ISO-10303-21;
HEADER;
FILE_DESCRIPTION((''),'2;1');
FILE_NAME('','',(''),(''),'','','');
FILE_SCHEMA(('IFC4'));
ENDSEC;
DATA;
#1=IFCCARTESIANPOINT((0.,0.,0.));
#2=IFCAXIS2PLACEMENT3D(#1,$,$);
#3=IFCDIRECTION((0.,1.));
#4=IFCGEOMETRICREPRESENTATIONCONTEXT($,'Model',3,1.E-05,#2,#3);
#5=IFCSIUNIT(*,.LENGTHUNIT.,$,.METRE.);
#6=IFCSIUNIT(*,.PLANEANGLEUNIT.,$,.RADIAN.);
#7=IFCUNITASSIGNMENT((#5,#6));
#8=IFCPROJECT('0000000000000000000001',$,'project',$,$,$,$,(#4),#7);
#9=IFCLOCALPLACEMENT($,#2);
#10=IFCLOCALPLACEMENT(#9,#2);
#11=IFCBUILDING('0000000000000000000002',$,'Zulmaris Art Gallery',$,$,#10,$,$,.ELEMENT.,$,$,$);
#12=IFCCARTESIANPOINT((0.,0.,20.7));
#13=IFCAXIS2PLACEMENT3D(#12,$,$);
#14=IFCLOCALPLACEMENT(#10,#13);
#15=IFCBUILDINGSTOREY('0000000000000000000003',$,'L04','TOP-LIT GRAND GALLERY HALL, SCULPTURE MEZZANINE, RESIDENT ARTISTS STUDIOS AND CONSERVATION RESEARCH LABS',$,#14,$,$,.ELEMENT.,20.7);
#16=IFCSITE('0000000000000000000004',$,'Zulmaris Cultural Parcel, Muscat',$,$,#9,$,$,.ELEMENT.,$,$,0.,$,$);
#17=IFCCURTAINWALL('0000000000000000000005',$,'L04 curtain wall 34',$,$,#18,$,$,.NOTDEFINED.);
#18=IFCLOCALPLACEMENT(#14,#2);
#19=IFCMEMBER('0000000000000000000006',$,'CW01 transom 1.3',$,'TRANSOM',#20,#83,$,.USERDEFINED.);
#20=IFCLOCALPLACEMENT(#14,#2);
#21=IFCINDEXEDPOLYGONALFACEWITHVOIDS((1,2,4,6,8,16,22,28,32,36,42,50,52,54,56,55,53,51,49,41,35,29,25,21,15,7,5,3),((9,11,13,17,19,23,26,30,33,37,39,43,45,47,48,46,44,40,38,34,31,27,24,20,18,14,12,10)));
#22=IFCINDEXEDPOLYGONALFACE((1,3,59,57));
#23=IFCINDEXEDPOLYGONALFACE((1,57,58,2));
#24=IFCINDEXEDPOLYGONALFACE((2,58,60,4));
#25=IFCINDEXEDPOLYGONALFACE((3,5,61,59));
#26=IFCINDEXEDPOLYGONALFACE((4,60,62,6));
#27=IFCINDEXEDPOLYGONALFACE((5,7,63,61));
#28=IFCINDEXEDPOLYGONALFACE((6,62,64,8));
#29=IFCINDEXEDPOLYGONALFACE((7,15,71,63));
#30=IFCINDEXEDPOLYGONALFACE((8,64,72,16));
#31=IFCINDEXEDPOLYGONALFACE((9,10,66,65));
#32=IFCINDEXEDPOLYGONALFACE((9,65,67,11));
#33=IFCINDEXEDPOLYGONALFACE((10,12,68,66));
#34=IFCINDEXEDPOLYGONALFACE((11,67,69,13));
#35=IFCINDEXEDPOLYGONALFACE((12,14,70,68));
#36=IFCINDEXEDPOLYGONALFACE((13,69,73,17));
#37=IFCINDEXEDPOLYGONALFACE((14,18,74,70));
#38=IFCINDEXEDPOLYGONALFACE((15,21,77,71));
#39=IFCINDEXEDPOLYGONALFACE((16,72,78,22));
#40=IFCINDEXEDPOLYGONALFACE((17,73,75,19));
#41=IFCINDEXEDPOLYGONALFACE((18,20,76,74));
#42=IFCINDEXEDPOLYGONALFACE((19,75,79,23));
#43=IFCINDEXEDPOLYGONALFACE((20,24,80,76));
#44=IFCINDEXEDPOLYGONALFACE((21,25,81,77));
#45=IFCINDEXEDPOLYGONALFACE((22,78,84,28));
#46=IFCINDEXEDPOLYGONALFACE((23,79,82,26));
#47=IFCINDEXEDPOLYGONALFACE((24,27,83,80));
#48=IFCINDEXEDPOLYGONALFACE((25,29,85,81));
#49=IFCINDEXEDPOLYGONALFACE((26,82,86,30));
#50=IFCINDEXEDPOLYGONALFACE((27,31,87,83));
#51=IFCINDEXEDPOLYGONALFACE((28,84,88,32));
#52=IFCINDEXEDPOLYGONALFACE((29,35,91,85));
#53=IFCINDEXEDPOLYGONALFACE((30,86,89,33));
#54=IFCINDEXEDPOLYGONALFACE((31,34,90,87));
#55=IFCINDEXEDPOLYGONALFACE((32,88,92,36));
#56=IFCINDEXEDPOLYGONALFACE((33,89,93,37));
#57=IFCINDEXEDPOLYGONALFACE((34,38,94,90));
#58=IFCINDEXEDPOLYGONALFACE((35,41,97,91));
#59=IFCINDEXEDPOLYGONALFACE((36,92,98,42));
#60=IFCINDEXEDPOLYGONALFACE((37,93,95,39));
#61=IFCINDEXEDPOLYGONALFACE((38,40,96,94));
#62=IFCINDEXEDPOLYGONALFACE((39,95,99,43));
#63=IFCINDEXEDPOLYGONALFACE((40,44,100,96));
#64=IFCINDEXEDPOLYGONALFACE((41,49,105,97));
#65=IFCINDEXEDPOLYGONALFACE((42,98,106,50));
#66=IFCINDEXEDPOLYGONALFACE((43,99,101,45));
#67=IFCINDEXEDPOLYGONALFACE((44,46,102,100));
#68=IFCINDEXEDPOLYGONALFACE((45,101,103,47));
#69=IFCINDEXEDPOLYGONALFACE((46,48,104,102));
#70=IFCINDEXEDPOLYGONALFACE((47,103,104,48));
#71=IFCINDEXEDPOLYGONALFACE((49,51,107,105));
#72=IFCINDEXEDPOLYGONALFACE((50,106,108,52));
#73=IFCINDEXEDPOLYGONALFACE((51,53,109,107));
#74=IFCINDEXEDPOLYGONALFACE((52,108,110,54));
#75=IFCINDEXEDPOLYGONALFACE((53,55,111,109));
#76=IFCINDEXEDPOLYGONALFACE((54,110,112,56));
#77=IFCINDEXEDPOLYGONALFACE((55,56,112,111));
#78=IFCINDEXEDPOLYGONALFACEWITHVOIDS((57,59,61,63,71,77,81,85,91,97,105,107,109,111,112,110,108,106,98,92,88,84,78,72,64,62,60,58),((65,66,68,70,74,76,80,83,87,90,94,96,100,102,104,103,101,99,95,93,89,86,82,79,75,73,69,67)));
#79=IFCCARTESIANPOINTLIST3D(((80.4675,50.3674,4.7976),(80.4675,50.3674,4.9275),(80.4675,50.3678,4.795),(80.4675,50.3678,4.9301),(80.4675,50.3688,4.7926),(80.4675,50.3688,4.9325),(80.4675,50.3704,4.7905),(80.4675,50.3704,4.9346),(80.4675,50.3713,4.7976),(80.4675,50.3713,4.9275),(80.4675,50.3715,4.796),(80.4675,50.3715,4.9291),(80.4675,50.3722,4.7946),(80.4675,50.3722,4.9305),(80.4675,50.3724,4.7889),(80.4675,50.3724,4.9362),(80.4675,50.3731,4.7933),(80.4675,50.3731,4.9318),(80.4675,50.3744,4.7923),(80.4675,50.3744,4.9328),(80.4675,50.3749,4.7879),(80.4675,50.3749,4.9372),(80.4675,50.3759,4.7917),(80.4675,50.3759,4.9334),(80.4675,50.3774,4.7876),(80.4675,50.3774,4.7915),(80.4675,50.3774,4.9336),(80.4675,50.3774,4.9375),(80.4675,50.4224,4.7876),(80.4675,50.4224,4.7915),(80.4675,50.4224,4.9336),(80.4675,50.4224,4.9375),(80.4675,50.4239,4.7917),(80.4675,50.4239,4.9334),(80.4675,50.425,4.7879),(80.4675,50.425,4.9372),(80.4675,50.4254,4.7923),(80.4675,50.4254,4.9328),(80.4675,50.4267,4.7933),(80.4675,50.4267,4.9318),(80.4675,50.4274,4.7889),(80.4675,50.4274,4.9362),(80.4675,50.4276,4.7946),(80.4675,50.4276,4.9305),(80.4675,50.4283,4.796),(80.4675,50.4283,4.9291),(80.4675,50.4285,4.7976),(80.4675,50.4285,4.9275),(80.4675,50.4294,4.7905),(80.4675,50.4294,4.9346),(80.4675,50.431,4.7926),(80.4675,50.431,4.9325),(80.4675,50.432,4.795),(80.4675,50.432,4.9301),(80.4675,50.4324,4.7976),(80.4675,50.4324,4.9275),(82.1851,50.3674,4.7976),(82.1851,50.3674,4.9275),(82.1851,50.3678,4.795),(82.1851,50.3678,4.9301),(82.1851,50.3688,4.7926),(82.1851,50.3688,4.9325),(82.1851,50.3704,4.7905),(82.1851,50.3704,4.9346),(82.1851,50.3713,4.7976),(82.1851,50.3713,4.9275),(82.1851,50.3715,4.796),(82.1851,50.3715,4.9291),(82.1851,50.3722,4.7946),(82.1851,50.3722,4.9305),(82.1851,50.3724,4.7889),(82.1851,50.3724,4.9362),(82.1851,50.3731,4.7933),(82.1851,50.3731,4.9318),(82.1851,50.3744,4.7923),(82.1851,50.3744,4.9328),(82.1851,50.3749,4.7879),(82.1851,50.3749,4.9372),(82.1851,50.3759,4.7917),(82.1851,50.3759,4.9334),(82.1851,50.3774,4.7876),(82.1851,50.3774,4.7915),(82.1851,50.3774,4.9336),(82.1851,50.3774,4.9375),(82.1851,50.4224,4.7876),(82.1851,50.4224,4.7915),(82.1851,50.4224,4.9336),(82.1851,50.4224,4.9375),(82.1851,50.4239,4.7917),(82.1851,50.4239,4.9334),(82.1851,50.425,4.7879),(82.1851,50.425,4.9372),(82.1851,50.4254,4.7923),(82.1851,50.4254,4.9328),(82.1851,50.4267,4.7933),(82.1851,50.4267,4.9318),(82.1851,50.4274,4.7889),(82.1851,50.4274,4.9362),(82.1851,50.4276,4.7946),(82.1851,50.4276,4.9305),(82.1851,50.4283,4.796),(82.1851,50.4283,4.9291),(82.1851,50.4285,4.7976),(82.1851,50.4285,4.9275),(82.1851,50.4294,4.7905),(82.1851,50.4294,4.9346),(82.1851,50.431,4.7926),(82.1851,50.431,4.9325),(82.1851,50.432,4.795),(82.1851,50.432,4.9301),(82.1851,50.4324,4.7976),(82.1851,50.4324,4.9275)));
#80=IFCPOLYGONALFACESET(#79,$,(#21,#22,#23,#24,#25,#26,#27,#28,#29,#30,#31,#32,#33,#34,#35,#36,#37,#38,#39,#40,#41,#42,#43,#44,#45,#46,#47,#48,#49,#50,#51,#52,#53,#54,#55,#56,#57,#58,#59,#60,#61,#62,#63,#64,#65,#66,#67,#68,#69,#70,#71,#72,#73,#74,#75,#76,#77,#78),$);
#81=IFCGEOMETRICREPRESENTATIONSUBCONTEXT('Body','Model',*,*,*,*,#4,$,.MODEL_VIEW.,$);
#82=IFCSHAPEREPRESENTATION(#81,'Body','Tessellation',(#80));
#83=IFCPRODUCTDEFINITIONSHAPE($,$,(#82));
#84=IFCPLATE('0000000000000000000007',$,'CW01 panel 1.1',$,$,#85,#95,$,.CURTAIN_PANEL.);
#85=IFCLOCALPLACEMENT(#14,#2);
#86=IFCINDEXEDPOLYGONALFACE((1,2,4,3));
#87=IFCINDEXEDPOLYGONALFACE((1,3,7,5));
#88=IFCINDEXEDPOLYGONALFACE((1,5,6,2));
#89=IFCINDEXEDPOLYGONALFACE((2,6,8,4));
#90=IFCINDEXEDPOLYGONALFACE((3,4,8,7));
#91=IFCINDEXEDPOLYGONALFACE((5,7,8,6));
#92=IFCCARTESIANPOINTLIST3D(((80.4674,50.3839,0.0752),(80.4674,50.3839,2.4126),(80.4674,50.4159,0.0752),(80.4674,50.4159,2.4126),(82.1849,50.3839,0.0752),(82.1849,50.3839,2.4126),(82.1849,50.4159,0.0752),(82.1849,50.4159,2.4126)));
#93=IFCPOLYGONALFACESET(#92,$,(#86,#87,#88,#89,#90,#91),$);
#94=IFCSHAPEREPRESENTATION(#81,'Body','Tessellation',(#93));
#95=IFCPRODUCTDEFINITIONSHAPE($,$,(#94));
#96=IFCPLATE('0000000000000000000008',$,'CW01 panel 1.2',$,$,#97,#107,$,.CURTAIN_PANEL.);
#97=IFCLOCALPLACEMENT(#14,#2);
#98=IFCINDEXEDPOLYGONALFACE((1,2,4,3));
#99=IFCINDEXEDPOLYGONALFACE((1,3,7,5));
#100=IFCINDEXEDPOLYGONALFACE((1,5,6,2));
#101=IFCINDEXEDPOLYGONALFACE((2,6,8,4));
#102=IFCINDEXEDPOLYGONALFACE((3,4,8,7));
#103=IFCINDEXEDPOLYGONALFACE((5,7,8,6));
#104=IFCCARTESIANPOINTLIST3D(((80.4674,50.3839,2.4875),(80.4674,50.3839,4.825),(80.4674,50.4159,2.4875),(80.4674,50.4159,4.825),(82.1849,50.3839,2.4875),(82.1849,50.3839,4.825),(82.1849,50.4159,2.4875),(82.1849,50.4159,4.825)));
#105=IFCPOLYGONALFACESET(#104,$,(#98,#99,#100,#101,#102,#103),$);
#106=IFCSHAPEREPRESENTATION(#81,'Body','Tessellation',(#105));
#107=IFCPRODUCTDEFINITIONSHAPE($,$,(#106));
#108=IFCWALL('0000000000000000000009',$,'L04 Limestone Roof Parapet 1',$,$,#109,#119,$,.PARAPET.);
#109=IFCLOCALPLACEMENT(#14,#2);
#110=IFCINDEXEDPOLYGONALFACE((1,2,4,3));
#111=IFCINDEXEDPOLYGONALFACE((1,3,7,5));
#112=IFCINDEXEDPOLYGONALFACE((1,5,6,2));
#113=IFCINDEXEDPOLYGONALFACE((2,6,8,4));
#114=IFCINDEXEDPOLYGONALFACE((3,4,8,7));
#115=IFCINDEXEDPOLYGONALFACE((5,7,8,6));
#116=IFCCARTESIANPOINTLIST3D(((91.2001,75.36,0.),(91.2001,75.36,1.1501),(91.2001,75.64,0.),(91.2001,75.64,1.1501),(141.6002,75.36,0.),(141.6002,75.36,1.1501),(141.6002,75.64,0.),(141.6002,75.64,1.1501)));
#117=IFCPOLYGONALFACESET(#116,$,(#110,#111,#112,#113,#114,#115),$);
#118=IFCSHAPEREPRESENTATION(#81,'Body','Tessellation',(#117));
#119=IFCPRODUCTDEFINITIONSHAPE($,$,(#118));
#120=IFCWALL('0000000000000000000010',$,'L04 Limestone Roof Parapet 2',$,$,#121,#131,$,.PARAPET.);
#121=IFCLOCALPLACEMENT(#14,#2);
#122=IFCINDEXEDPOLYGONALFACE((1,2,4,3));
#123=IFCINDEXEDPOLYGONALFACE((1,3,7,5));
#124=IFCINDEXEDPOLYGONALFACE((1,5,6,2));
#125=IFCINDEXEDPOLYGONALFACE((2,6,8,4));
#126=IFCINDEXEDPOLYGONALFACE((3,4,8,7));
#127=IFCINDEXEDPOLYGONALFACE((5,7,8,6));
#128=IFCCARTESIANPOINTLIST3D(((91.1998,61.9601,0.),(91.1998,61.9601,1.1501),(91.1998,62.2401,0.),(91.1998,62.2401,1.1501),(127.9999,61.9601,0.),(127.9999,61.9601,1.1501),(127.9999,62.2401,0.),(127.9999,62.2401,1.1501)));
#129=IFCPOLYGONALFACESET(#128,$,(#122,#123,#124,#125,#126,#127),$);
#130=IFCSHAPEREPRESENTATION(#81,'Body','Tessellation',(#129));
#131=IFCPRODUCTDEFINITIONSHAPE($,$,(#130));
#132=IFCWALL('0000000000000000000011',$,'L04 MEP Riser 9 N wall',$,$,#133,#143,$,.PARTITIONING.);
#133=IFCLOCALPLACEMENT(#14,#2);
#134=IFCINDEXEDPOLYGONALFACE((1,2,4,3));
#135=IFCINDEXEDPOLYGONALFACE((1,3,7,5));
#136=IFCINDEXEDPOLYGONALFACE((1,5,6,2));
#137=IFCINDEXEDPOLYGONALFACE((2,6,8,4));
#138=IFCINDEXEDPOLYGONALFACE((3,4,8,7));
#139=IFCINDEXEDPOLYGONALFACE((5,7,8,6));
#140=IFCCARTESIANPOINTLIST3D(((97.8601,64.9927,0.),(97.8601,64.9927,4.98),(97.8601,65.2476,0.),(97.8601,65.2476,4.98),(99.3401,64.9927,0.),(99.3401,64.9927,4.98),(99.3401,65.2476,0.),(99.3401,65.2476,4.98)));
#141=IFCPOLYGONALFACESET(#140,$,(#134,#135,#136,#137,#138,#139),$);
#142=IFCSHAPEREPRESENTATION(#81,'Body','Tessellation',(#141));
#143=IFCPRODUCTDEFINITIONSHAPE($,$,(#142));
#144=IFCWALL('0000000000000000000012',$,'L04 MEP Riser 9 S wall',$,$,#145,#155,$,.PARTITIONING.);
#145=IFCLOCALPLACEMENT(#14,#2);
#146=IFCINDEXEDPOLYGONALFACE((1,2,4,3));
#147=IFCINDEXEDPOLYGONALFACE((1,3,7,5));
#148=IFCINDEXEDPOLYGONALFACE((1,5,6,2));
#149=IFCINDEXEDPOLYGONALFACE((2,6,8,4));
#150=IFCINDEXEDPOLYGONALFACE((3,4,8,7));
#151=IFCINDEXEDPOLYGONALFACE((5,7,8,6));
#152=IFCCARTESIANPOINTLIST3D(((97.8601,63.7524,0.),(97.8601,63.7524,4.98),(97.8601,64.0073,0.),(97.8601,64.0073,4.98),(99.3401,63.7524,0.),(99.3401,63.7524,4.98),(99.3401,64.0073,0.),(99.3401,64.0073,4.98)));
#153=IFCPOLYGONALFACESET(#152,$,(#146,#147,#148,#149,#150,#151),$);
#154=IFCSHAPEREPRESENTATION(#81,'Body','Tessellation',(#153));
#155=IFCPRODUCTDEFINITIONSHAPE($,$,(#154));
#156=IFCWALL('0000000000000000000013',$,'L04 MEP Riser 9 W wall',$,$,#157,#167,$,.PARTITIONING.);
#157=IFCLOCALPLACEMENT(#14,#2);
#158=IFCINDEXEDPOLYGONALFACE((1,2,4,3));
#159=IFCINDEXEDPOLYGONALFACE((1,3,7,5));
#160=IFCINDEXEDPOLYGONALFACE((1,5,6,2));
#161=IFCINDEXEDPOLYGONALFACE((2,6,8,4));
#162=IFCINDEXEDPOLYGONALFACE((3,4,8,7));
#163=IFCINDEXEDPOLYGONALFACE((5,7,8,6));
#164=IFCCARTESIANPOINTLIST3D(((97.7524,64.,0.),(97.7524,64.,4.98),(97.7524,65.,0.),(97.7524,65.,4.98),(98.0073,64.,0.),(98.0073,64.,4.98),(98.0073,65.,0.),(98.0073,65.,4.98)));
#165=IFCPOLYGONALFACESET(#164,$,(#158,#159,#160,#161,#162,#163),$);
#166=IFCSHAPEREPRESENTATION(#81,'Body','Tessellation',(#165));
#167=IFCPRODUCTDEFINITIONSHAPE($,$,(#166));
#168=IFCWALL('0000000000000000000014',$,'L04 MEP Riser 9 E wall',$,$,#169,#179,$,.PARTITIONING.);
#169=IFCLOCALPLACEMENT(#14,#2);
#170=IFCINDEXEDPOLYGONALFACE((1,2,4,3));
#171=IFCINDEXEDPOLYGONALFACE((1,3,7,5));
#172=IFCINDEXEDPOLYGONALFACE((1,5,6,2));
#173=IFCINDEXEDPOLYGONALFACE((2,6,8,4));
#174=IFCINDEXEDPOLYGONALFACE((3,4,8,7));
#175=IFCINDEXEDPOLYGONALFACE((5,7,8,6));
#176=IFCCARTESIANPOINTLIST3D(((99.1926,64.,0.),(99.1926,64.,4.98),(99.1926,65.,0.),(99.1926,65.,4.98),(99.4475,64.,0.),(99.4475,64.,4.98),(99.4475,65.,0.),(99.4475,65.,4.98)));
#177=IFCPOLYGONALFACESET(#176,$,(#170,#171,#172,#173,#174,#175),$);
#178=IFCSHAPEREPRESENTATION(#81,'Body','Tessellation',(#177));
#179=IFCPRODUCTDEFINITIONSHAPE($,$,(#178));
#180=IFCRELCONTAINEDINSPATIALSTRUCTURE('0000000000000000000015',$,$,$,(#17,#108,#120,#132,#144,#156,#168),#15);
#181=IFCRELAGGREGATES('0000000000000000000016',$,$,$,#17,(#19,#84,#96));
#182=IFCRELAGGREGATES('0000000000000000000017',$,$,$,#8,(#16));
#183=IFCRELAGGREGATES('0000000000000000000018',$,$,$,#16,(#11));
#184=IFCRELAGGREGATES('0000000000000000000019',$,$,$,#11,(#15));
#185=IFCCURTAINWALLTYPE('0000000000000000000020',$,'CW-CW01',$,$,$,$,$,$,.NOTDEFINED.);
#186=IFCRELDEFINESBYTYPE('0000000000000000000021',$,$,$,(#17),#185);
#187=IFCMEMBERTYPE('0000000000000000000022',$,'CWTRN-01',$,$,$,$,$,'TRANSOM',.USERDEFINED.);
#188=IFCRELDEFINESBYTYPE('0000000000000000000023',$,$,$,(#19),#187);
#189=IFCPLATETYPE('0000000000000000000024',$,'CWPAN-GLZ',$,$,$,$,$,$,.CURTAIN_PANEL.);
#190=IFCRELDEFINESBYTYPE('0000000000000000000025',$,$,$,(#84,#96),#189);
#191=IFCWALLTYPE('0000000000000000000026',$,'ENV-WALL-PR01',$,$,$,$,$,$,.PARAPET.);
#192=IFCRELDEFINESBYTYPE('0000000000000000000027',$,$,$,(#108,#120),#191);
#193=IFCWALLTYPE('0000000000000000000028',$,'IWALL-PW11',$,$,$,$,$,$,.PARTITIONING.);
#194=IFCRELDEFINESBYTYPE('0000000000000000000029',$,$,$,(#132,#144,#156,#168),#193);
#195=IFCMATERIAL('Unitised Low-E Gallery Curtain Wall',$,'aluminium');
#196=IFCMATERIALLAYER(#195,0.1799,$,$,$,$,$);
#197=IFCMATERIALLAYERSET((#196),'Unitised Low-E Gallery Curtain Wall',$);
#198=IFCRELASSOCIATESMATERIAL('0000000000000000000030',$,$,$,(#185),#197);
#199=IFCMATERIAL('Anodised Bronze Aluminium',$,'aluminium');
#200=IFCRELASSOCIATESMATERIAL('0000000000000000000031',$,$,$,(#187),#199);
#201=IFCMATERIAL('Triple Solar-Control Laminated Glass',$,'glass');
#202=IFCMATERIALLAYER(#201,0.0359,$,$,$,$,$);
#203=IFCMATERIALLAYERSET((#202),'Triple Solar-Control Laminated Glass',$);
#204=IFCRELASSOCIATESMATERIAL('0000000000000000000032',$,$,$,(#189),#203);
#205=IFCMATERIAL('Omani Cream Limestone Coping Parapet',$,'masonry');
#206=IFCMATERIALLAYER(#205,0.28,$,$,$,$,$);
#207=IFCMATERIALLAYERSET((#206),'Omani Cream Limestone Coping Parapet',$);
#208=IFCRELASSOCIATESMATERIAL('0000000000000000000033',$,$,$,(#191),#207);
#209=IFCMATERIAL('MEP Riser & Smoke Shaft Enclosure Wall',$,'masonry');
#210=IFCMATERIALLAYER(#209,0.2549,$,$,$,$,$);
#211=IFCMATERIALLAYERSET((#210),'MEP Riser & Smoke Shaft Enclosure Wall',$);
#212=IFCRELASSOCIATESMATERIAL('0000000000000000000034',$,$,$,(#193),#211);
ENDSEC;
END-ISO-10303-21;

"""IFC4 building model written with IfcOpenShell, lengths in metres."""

from ifc_helpers import new_model, si_unit, direction, frame, frame_2d, origin, origin_2d, place, context, subcontext, project, spatial, rectangle, hollow_rectangle, extrude, material, layer, layer_set, material_profile, profile_set, type_object, element, aggregate, save


model = new_model("IFC4")

# Units and contexts
model_context = context("Model", 3, precision=1e-05, world=origin(), true_north=direction((0.0, 1.0)))
body_context = subcontext(model_context, "Body", "Model", "MODEL_VIEW")
ifc_project = project(units=[si_unit("LENGTHUNIT", "METRE"), si_unit("PLANEANGLEUNIT", "RADIAN")], contexts=[model_context])

# Site, building, storey
site_placement = place(None, origin())
site = spatial("IfcSite", under=ifc_project, at=site_placement, Name="Zulmaris Cultural Parcel, Muscat", CompositionType="ELEMENT", RefElevation=0.0)
building_placement = place(site_placement, origin())
building = spatial("IfcBuilding", under=site, at=building_placement, Name="Zulmaris Art Gallery", CompositionType="ELEMENT")
storey_placement = place(building_placement, frame((0.0, 0.0, 20.7)))
storey = spatial("IfcBuildingStorey", under=building, at=storey_placement, Name="L04", Description="TOP-LIT GRAND GALLERY HALL, SCULPTURE MEZZANINE, RESIDENT ARTISTS STUDIOS AND CONSERVATION RESEARCH LABS", CompositionType="ELEMENT", Elevation=20.7)

# Curtain wall, member, plates
ifc_material_1 = material(Name="Unitised Low-E Gallery Curtain Wall", Category="aluminium")
ifc_layer_1 = layer(ifc_material_1, 0.1799)
ifc_layer_set_1 = layer_set([ifc_layer_1], Name="Unitised Low-E Gallery Curtain Wall")
curtain_wall_type = type_object("IfcCurtainWallType", Name="CW-CW01", PredefinedType="NOTDEFINED", material=ifc_layer_set_1)
curtain_wall_placement = place(storey_placement, origin())
curtain_wall = element("IfcCurtainWall", 1, at=curtain_wall_placement, inside=storey, type_object=curtain_wall_type, Name="L04 curtain wall 34", PredefinedType="NOTDEFINED")
ifc_material_2 = material(Name="Anodised Bronze Aluminium", Category="aluminium")
ifc_material_profile_1 = material_profile(ifc_material_2, hollow_rectangle(XDim=0.0649, YDim=0.1499, WallThickness=0.0039, InnerFilletRadius=0.0061, OuterFilletRadius=0.01, at=origin_2d()), Name="ALU 65x150x4")
ifc_profile_set_1 = profile_set([ifc_material_profile_1], Name="Anodised Bronze Aluminium")
member_type_1 = type_object("IfcMemberType", Name="CWTRN-01", ElementType="TRANSOM", PredefinedType="USERDEFINED", material=ifc_profile_set_1)
member_1_placement = place(storey_placement, frame((82.1851, 50.3999, 4.8625), z_axis=(-1.0, 0.0, 0.0), x_axis=(0.0, -1.0, 0.0)))
member_1 = element("IfcMember", 2, at=member_1_placement, type_object=member_type_1, Name="CW01 transom 1.3", ObjectType="TRANSOM", PredefinedType="USERDEFINED", context=body_context, shape_type="SweptSolid", body=[
    extrude(hollow_rectangle(XDim=0.0649, YDim=0.1499, WallThickness=0.0039, InnerFilletRadius=0.0061, OuterFilletRadius=0.01, at=origin_2d()), origin(), (0.0, 0.0, 1.0), 1.7175),
])
ifc_material_3 = material(Name="Triple Solar-Control Laminated Glass", Category="glass")
ifc_layer_2 = layer(ifc_material_3, 0.0359)
ifc_layer_set_2 = layer_set([ifc_layer_2], Name="Triple Solar-Control Laminated Glass")
plate_type = type_object("IfcPlateType", Name="CWPAN-GLZ", PredefinedType="CURTAIN_PANEL", material=ifc_layer_set_2)
plate_1_placement = place(storey_placement, frame((81.3262, 50.3999, 0.0752), z_axis=(0.0, 0.0, 1.0), x_axis=(-1.0, 0.0, 0.0)))
plate_1 = element("IfcPlate", 3, at=plate_1_placement, type_object=plate_type, Name="CW01 panel 1.1", PredefinedType="CURTAIN_PANEL", context=body_context, shape_type="SweptSolid", body=[
    extrude(rectangle(XDim=1.7175, YDim=0.032, at=origin_2d()), origin(), (0.0, 0.0, 1.0), 2.3374),
])
plate_2_placement = place(storey_placement, frame((81.3262, 50.3999, 2.4875), z_axis=(0.0, 0.0, 1.0), x_axis=(-1.0, 0.0, 0.0)))
plate_2 = element("IfcPlate", 4, at=plate_2_placement, type_object=plate_type, Name="CW01 panel 1.2", PredefinedType="CURTAIN_PANEL", context=body_context, shape_type="SweptSolid", body=[
    extrude(rectangle(XDim=1.7175, YDim=0.032, at=origin_2d()), origin(), (0.0, 0.0, 1.0), 2.3374),
])
aggregate(curtain_wall, [member_1, plate_1, plate_2])

# Walls
ifc_material_4 = material(Name="Omani Cream Limestone Coping Parapet", Category="masonry")
ifc_layer_3 = layer(ifc_material_4, 0.28)
ifc_layer_set_3 = layer_set([ifc_layer_3], Name="Omani Cream Limestone Coping Parapet")
wall_type_1 = type_object("IfcWallType", Name="ENV-WALL-PR01", PredefinedType="PARAPET", material=ifc_layer_set_3)
wall_1_placement = place(storey_placement, frame((91.2, 75.5, 0.0), z_axis=(0.0, 0.0, 1.0), x_axis=(1.0, 0.0, 0.0)))
element("IfcWall", 5, at=wall_1_placement, inside=storey, type_object=wall_type_1, Name="L04 Limestone Roof Parapet 1", PredefinedType="PARAPET", context=body_context, shape_type="SweptSolid", body=[
    extrude(rectangle(XDim=50.4001, YDim=0.28, at=frame_2d((25.2002, 0.0))), origin(), (0.0, 0.0, 1.0), 1.1501),
])
wall_2_placement = place(storey_placement, frame((91.2, 62.1001, 0.0), z_axis=(0.0, 0.0, 1.0), x_axis=(1.0, 0.0, 0.0)))
element("IfcWall", 6, at=wall_2_placement, inside=storey, type_object=wall_type_1, Name="L04 Limestone Roof Parapet 2", PredefinedType="PARAPET", context=body_context, shape_type="SweptSolid", body=[
    extrude(rectangle(XDim=36.8, YDim=0.28, at=frame_2d((18.3999, 0.0))), origin(), (0.0, 0.0, 1.0), 1.1501),
])
ifc_material_5 = material(Name="MEP Riser & Smoke Shaft Enclosure Wall", Category="masonry")
ifc_layer_4 = layer(ifc_material_5, 0.2549)
ifc_layer_set_4 = layer_set([ifc_layer_4], Name="MEP Riser & Smoke Shaft Enclosure Wall")
wall_type_2 = type_object("IfcWallType", Name="IWALL-PW11", PredefinedType="PARTITIONING", material=ifc_layer_set_4)
for number, where, z_axis, x_axis, name in (
    (7, (97.8601, 65.1201, 0.0), (0.0, 0.0, 1.0), (1.0, 0.0, 0.0), "L04 MEP Riser 9 N wall"),
    (8, (97.8601, 63.8799, 0.0), (0.0, 0.0, 1.0), (1.0, 0.0, 0.0), "L04 MEP Riser 9 S wall"),
):
    element("IfcWall", number, at=place(storey_placement, frame(where, z_axis=z_axis, x_axis=x_axis)), inside=storey, type_object=wall_type_2, Name=name, PredefinedType="PARTITIONING", context=body_context, shape_type="SweptSolid", body=[
        extrude(rectangle(XDim=1.48, YDim=0.2549, at=frame_2d((0.74, 0.0))), origin(), (0.0, 0.0, 1.0), 4.98),
    ])
for number, where, z_axis, x_axis, name in (
    (9, (97.8799, 64.0, 0.0), (0.0, 0.0, 1.0), (0.0, 1.0, 0.0), "L04 MEP Riser 9 W wall"),
    (10, (99.3201, 64.0, 0.0), (0.0, 0.0, 1.0), (0.0, 1.0, 0.0), "L04 MEP Riser 9 E wall"),
):
    element("IfcWall", number, at=place(storey_placement, frame(where, z_axis=z_axis, x_axis=x_axis)), inside=storey, type_object=wall_type_2, Name=name, PredefinedType="PARTITIONING", context=body_context, shape_type="SweptSolid", body=[
        extrude(rectangle(XDim=1.0, YDim=0.2549, at=frame_2d((0.5, 0.0))), origin(), (0.0, 0.0, 1.0), 4.98),
    ])

save(model, "model.ifc")
